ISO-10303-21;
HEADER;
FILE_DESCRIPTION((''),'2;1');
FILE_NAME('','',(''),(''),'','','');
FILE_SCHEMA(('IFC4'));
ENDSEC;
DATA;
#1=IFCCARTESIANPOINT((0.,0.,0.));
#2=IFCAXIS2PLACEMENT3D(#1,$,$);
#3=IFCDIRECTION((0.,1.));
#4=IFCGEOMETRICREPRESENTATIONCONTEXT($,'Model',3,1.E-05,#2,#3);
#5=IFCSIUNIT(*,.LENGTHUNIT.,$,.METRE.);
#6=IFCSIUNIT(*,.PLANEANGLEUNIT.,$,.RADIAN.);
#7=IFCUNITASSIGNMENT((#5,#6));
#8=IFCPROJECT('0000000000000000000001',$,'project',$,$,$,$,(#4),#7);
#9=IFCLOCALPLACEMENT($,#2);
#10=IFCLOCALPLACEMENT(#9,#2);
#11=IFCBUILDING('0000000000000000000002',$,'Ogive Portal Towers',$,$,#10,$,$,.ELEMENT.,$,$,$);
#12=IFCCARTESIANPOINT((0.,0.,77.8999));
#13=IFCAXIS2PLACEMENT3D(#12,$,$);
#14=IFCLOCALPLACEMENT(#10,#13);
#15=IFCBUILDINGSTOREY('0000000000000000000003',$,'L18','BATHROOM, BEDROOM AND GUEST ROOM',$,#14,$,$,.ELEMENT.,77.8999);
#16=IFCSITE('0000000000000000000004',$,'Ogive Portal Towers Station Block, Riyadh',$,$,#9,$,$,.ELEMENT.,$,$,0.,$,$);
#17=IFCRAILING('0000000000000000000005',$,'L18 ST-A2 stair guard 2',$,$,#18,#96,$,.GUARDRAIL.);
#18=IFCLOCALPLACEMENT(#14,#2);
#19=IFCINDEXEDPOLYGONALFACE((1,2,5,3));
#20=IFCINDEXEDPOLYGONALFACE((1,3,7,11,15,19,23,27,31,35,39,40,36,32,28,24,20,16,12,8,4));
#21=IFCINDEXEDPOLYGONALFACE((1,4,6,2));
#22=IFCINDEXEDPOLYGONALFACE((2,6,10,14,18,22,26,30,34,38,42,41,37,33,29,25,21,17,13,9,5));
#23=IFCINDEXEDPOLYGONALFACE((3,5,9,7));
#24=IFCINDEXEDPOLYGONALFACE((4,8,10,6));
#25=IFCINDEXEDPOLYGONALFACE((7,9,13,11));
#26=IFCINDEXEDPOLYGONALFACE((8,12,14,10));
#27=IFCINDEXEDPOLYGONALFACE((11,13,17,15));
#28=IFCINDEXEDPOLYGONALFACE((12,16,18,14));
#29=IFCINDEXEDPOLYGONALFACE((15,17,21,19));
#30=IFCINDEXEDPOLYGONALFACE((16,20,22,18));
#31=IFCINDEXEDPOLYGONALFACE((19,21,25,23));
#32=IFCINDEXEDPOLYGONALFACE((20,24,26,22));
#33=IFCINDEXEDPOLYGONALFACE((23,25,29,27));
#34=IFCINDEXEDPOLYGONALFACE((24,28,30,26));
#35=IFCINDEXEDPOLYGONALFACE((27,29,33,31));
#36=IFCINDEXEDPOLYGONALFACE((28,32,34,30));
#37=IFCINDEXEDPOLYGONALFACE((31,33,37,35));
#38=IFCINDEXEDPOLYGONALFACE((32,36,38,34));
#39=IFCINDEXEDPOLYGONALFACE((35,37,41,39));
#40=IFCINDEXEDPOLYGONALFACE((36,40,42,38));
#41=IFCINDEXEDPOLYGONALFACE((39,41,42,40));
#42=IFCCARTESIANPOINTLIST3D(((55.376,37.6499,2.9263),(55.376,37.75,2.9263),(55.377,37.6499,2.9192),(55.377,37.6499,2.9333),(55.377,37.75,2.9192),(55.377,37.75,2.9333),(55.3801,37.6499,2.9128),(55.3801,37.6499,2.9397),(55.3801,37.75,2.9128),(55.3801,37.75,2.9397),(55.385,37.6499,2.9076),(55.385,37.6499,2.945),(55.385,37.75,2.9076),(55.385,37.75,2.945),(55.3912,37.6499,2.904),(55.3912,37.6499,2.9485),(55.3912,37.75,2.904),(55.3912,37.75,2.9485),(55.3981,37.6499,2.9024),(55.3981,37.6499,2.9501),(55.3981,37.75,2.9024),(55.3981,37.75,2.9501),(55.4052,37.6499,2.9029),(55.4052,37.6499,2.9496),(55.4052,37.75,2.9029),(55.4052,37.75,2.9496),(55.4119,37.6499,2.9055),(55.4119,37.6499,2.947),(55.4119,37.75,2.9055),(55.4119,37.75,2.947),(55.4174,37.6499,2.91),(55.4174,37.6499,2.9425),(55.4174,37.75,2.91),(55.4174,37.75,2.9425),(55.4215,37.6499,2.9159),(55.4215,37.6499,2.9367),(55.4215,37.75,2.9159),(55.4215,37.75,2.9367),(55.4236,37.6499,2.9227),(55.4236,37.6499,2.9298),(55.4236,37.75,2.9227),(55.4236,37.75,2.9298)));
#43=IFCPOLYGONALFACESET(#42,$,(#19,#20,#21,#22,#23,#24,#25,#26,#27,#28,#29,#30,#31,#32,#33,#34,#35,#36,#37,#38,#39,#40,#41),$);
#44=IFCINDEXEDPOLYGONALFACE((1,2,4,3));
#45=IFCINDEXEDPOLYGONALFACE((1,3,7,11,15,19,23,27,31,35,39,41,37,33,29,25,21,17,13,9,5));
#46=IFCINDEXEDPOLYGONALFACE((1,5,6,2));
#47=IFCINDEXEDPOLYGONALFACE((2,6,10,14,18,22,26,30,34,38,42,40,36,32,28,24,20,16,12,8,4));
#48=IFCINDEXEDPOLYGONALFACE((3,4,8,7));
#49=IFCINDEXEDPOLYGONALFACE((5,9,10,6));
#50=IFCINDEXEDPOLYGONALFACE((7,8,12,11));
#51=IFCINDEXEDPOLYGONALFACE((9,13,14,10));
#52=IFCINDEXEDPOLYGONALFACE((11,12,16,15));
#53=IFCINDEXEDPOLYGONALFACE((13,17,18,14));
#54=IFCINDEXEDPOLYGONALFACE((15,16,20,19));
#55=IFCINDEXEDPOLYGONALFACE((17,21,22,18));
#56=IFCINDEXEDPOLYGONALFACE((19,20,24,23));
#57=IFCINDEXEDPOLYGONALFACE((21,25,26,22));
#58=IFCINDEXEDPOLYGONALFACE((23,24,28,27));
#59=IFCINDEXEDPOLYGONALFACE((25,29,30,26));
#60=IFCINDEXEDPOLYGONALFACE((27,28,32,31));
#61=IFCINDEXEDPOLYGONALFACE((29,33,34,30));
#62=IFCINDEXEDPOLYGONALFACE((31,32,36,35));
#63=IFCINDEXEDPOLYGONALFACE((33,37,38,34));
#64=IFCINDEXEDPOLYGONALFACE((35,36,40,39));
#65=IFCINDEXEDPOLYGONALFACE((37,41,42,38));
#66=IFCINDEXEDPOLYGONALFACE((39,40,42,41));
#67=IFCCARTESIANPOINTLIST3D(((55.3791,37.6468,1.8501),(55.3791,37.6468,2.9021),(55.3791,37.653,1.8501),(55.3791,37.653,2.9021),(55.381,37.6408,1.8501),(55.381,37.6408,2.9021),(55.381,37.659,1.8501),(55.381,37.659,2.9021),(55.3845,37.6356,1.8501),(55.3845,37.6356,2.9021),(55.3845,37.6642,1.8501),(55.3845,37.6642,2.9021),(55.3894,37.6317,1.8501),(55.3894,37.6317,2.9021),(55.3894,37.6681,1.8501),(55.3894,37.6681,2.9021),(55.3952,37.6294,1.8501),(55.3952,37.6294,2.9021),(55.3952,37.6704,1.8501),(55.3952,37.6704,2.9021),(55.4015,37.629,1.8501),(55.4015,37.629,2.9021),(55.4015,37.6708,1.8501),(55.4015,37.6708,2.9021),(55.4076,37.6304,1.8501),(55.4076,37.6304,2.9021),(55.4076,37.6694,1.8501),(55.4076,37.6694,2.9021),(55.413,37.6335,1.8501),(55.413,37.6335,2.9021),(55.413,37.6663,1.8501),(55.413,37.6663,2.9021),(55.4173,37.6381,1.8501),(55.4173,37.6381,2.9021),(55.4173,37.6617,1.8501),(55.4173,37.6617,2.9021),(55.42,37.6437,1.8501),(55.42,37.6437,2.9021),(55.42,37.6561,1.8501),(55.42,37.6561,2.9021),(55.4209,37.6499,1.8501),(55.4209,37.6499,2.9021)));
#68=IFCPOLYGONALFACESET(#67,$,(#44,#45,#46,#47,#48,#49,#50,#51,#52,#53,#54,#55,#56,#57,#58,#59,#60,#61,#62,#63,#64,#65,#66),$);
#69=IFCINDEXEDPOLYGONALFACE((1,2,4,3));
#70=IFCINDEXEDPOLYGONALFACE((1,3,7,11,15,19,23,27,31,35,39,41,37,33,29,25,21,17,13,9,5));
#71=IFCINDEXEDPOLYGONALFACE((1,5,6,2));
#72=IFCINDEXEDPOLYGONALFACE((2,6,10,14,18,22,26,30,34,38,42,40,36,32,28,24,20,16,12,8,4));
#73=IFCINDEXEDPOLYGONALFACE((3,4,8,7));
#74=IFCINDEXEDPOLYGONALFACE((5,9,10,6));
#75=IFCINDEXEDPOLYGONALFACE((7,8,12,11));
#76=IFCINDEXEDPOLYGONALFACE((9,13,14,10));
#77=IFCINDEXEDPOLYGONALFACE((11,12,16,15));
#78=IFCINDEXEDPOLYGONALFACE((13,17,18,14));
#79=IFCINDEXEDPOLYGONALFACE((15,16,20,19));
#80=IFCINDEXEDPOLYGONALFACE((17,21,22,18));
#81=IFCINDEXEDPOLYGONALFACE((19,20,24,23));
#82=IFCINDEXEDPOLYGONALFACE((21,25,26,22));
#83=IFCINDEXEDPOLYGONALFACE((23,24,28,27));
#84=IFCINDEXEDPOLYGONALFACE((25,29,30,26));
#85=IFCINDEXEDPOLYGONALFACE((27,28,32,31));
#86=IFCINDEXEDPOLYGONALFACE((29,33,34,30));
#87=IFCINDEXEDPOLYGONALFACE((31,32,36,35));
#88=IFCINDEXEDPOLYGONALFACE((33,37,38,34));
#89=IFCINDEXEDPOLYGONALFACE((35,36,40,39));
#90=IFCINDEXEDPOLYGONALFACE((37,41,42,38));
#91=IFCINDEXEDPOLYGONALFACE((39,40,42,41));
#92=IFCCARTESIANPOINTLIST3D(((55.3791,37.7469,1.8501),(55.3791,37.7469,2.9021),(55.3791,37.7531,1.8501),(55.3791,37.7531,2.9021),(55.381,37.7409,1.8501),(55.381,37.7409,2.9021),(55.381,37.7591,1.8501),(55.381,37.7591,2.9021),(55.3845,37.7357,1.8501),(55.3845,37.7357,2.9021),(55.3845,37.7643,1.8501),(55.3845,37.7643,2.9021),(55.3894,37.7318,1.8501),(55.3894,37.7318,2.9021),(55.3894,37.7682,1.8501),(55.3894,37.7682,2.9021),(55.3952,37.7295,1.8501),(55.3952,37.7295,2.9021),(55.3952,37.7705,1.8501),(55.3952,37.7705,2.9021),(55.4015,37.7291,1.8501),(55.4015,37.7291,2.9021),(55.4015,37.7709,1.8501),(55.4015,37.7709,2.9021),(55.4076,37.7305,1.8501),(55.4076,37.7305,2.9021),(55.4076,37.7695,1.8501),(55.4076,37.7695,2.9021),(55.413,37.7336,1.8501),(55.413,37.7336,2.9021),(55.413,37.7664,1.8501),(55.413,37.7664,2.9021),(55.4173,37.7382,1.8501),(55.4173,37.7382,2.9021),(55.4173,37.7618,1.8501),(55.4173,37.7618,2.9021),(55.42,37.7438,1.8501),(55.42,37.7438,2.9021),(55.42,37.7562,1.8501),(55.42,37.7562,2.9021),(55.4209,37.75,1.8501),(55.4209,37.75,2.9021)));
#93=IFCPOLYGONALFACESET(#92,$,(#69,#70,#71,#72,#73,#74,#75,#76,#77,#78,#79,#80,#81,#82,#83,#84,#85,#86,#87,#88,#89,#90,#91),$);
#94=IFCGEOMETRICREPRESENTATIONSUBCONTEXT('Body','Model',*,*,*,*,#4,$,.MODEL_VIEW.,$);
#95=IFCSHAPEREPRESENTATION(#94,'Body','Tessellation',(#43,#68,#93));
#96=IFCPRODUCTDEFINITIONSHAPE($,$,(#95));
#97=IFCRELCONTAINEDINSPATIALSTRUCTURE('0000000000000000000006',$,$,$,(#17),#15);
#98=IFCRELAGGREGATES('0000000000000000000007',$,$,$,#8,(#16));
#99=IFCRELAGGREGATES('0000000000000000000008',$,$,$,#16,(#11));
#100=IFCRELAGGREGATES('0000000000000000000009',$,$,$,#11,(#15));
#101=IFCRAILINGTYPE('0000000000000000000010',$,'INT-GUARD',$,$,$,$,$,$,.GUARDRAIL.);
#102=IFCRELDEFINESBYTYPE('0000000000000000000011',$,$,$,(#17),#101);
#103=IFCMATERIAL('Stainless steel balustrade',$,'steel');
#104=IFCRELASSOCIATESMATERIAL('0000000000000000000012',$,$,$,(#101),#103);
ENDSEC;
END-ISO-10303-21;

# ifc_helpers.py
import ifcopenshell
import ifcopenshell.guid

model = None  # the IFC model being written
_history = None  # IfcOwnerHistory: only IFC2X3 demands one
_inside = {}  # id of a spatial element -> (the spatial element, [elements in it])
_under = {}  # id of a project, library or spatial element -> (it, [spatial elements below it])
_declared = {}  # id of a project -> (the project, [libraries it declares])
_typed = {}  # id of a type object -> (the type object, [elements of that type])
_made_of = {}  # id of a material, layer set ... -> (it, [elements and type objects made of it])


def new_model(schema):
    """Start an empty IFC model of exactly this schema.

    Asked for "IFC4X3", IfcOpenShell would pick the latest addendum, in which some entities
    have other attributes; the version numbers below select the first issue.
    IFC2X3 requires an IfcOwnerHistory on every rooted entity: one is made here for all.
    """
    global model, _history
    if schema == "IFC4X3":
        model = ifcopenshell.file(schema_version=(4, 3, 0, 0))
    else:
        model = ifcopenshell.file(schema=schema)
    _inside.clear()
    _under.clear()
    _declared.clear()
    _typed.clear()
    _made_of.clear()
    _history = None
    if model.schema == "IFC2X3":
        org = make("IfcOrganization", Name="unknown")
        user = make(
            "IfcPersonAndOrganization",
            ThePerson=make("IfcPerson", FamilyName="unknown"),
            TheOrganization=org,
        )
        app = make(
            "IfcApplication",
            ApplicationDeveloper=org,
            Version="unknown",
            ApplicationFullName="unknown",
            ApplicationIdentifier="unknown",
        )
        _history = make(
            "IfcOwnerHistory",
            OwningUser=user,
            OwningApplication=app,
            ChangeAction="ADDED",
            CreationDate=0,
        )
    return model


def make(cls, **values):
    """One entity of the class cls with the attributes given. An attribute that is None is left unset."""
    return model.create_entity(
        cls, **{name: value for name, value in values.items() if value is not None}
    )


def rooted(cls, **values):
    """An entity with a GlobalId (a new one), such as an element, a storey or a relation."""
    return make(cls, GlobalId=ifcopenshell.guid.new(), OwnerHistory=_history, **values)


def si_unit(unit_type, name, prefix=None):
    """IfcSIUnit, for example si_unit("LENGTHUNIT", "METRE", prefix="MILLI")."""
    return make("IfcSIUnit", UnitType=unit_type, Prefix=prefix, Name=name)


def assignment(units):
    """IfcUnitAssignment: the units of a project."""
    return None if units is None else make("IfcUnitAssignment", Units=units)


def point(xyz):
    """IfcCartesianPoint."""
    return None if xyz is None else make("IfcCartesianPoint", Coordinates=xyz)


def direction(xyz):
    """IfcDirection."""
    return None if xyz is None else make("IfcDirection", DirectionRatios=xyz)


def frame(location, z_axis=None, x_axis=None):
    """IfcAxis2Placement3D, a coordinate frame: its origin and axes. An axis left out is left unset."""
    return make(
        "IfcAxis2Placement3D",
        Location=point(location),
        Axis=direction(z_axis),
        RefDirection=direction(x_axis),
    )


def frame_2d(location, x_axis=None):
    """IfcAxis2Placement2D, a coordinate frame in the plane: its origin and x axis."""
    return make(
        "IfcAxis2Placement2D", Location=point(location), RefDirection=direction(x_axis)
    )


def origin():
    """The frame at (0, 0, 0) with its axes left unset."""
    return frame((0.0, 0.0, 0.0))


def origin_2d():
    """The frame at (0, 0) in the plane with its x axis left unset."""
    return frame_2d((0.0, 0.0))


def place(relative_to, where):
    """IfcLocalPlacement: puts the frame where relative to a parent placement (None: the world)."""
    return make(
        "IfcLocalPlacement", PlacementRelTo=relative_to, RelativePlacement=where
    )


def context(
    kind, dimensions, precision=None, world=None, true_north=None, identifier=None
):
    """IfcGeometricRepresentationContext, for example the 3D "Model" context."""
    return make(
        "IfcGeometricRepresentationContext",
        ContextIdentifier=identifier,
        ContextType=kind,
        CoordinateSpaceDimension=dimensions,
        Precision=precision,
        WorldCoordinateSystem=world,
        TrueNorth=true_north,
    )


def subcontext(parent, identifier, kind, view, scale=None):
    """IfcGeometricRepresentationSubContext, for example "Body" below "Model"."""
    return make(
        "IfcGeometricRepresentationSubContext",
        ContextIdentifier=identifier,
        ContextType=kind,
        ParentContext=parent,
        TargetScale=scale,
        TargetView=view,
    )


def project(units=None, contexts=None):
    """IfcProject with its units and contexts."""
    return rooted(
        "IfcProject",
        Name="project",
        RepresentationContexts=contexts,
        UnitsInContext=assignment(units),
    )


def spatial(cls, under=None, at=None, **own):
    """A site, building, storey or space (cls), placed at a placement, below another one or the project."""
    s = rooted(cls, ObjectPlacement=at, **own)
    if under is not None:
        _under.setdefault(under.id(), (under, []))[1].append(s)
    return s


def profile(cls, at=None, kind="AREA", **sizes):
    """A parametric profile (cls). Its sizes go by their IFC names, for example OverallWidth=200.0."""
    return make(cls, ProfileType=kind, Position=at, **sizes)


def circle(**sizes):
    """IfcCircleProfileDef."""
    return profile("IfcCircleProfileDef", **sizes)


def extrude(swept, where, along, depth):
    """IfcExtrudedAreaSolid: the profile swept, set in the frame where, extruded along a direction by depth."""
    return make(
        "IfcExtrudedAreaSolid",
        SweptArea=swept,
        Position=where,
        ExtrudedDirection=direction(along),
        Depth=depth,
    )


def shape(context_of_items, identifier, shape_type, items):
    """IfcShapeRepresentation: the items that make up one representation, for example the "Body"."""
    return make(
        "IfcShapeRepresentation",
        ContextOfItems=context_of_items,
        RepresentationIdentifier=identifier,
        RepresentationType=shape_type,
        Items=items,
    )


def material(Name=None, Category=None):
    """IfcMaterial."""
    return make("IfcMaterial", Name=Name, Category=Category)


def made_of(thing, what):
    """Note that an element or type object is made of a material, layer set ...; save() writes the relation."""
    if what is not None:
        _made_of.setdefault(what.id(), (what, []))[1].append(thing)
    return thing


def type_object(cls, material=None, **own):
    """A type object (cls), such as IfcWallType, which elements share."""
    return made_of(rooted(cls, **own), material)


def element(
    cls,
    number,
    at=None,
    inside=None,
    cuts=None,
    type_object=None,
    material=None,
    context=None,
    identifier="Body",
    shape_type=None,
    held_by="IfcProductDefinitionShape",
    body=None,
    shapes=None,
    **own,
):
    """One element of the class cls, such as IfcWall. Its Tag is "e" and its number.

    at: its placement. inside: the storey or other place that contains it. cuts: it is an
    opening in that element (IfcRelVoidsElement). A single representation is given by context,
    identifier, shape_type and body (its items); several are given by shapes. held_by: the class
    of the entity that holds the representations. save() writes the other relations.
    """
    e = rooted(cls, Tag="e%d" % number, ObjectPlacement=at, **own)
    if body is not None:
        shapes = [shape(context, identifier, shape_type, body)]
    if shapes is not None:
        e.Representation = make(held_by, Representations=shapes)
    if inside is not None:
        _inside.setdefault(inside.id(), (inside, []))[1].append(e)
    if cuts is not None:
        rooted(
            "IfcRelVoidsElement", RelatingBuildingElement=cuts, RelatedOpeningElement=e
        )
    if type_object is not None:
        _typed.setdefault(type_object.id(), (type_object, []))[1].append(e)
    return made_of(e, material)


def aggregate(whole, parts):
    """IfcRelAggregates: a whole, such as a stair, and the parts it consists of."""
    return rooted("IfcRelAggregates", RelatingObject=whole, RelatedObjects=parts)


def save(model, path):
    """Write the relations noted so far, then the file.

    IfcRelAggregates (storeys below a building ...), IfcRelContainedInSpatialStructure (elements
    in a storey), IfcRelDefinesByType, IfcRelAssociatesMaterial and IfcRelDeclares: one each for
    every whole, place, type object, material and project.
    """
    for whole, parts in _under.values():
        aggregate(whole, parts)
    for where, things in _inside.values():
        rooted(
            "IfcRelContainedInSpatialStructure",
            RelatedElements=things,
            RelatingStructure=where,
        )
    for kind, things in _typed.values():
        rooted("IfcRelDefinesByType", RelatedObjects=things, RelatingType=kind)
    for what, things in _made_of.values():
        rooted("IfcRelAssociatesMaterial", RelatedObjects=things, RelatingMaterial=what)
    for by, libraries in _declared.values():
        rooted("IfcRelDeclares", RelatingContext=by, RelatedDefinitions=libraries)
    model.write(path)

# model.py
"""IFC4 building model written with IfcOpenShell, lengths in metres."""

from ifc_helpers import new_model, si_unit, direction, frame, origin, origin_2d, place, context, subcontext, project, spatial, circle, extrude, material, type_object, element, save


model = new_model("IFC4")

# Units and contexts
model_context = context("Model", 3, precision=1e-05, world=origin(), true_north=direction((0.0, 1.0)))
body_context = subcontext(model_context, "Body", "Model", "MODEL_VIEW")
ifc_project = project(units=[si_unit("LENGTHUNIT", "METRE"), si_unit("PLANEANGLEUNIT", "RADIAN")], contexts=[model_context])

# Site, building, storey
site_placement = place(None, origin())
site = spatial("IfcSite", under=ifc_project, at=site_placement, Name="Ogive Portal Towers Station Block, Riyadh", CompositionType="ELEMENT", RefElevation=0.0)
building_placement = place(site_placement, origin())
building = spatial("IfcBuilding", under=site, at=building_placement, Name="Ogive Portal Towers", CompositionType="ELEMENT")
storey_placement = place(building_placement, frame((0.0, 0.0, 77.8999)))
storey = spatial("IfcBuildingStorey", under=building, at=storey_placement, Name="L18", Description="BATHROOM, BEDROOM AND GUEST ROOM", CompositionType="ELEMENT", Elevation=77.8999)

# Railing
ifc_material_1 = material(Name="Stainless steel balustrade", Category="steel")
railing_type_1 = type_object("IfcRailingType", Name="INT-GUARD", PredefinedType="GUARDRAIL", material=ifc_material_1)
railing_1_placement = place(storey_placement, frame((55.3999, 37.6499, 1.8501)))
element("IfcRailing", 1, at=railing_1_placement, inside=storey, type_object=railing_type_1, Name="L18 ST-A2 stair guard 2", PredefinedType="GUARDRAIL", context=body_context, shape_type="SweptSolid", body=[
    extrude(circle(Radius=0.0239, at=origin_2d()), frame((0.0, 0.0, 1.0762), z_axis=(0.0, 1.0, 0.0), x_axis=(-1.0, 0.0, 0.0)), (0.0, 0.0, 1.0), 0.1001),
    extrude(circle(Radius=0.021, at=origin_2d()), origin(), (0.0, 0.0, 1.0), 1.052),
    extrude(circle(Radius=0.021, at=origin_2d()), frame((0.0, 0.1001, 0.0)), (0.0, 0.0, 1.0), 1.052),
])

save(model, "model.ifc")
